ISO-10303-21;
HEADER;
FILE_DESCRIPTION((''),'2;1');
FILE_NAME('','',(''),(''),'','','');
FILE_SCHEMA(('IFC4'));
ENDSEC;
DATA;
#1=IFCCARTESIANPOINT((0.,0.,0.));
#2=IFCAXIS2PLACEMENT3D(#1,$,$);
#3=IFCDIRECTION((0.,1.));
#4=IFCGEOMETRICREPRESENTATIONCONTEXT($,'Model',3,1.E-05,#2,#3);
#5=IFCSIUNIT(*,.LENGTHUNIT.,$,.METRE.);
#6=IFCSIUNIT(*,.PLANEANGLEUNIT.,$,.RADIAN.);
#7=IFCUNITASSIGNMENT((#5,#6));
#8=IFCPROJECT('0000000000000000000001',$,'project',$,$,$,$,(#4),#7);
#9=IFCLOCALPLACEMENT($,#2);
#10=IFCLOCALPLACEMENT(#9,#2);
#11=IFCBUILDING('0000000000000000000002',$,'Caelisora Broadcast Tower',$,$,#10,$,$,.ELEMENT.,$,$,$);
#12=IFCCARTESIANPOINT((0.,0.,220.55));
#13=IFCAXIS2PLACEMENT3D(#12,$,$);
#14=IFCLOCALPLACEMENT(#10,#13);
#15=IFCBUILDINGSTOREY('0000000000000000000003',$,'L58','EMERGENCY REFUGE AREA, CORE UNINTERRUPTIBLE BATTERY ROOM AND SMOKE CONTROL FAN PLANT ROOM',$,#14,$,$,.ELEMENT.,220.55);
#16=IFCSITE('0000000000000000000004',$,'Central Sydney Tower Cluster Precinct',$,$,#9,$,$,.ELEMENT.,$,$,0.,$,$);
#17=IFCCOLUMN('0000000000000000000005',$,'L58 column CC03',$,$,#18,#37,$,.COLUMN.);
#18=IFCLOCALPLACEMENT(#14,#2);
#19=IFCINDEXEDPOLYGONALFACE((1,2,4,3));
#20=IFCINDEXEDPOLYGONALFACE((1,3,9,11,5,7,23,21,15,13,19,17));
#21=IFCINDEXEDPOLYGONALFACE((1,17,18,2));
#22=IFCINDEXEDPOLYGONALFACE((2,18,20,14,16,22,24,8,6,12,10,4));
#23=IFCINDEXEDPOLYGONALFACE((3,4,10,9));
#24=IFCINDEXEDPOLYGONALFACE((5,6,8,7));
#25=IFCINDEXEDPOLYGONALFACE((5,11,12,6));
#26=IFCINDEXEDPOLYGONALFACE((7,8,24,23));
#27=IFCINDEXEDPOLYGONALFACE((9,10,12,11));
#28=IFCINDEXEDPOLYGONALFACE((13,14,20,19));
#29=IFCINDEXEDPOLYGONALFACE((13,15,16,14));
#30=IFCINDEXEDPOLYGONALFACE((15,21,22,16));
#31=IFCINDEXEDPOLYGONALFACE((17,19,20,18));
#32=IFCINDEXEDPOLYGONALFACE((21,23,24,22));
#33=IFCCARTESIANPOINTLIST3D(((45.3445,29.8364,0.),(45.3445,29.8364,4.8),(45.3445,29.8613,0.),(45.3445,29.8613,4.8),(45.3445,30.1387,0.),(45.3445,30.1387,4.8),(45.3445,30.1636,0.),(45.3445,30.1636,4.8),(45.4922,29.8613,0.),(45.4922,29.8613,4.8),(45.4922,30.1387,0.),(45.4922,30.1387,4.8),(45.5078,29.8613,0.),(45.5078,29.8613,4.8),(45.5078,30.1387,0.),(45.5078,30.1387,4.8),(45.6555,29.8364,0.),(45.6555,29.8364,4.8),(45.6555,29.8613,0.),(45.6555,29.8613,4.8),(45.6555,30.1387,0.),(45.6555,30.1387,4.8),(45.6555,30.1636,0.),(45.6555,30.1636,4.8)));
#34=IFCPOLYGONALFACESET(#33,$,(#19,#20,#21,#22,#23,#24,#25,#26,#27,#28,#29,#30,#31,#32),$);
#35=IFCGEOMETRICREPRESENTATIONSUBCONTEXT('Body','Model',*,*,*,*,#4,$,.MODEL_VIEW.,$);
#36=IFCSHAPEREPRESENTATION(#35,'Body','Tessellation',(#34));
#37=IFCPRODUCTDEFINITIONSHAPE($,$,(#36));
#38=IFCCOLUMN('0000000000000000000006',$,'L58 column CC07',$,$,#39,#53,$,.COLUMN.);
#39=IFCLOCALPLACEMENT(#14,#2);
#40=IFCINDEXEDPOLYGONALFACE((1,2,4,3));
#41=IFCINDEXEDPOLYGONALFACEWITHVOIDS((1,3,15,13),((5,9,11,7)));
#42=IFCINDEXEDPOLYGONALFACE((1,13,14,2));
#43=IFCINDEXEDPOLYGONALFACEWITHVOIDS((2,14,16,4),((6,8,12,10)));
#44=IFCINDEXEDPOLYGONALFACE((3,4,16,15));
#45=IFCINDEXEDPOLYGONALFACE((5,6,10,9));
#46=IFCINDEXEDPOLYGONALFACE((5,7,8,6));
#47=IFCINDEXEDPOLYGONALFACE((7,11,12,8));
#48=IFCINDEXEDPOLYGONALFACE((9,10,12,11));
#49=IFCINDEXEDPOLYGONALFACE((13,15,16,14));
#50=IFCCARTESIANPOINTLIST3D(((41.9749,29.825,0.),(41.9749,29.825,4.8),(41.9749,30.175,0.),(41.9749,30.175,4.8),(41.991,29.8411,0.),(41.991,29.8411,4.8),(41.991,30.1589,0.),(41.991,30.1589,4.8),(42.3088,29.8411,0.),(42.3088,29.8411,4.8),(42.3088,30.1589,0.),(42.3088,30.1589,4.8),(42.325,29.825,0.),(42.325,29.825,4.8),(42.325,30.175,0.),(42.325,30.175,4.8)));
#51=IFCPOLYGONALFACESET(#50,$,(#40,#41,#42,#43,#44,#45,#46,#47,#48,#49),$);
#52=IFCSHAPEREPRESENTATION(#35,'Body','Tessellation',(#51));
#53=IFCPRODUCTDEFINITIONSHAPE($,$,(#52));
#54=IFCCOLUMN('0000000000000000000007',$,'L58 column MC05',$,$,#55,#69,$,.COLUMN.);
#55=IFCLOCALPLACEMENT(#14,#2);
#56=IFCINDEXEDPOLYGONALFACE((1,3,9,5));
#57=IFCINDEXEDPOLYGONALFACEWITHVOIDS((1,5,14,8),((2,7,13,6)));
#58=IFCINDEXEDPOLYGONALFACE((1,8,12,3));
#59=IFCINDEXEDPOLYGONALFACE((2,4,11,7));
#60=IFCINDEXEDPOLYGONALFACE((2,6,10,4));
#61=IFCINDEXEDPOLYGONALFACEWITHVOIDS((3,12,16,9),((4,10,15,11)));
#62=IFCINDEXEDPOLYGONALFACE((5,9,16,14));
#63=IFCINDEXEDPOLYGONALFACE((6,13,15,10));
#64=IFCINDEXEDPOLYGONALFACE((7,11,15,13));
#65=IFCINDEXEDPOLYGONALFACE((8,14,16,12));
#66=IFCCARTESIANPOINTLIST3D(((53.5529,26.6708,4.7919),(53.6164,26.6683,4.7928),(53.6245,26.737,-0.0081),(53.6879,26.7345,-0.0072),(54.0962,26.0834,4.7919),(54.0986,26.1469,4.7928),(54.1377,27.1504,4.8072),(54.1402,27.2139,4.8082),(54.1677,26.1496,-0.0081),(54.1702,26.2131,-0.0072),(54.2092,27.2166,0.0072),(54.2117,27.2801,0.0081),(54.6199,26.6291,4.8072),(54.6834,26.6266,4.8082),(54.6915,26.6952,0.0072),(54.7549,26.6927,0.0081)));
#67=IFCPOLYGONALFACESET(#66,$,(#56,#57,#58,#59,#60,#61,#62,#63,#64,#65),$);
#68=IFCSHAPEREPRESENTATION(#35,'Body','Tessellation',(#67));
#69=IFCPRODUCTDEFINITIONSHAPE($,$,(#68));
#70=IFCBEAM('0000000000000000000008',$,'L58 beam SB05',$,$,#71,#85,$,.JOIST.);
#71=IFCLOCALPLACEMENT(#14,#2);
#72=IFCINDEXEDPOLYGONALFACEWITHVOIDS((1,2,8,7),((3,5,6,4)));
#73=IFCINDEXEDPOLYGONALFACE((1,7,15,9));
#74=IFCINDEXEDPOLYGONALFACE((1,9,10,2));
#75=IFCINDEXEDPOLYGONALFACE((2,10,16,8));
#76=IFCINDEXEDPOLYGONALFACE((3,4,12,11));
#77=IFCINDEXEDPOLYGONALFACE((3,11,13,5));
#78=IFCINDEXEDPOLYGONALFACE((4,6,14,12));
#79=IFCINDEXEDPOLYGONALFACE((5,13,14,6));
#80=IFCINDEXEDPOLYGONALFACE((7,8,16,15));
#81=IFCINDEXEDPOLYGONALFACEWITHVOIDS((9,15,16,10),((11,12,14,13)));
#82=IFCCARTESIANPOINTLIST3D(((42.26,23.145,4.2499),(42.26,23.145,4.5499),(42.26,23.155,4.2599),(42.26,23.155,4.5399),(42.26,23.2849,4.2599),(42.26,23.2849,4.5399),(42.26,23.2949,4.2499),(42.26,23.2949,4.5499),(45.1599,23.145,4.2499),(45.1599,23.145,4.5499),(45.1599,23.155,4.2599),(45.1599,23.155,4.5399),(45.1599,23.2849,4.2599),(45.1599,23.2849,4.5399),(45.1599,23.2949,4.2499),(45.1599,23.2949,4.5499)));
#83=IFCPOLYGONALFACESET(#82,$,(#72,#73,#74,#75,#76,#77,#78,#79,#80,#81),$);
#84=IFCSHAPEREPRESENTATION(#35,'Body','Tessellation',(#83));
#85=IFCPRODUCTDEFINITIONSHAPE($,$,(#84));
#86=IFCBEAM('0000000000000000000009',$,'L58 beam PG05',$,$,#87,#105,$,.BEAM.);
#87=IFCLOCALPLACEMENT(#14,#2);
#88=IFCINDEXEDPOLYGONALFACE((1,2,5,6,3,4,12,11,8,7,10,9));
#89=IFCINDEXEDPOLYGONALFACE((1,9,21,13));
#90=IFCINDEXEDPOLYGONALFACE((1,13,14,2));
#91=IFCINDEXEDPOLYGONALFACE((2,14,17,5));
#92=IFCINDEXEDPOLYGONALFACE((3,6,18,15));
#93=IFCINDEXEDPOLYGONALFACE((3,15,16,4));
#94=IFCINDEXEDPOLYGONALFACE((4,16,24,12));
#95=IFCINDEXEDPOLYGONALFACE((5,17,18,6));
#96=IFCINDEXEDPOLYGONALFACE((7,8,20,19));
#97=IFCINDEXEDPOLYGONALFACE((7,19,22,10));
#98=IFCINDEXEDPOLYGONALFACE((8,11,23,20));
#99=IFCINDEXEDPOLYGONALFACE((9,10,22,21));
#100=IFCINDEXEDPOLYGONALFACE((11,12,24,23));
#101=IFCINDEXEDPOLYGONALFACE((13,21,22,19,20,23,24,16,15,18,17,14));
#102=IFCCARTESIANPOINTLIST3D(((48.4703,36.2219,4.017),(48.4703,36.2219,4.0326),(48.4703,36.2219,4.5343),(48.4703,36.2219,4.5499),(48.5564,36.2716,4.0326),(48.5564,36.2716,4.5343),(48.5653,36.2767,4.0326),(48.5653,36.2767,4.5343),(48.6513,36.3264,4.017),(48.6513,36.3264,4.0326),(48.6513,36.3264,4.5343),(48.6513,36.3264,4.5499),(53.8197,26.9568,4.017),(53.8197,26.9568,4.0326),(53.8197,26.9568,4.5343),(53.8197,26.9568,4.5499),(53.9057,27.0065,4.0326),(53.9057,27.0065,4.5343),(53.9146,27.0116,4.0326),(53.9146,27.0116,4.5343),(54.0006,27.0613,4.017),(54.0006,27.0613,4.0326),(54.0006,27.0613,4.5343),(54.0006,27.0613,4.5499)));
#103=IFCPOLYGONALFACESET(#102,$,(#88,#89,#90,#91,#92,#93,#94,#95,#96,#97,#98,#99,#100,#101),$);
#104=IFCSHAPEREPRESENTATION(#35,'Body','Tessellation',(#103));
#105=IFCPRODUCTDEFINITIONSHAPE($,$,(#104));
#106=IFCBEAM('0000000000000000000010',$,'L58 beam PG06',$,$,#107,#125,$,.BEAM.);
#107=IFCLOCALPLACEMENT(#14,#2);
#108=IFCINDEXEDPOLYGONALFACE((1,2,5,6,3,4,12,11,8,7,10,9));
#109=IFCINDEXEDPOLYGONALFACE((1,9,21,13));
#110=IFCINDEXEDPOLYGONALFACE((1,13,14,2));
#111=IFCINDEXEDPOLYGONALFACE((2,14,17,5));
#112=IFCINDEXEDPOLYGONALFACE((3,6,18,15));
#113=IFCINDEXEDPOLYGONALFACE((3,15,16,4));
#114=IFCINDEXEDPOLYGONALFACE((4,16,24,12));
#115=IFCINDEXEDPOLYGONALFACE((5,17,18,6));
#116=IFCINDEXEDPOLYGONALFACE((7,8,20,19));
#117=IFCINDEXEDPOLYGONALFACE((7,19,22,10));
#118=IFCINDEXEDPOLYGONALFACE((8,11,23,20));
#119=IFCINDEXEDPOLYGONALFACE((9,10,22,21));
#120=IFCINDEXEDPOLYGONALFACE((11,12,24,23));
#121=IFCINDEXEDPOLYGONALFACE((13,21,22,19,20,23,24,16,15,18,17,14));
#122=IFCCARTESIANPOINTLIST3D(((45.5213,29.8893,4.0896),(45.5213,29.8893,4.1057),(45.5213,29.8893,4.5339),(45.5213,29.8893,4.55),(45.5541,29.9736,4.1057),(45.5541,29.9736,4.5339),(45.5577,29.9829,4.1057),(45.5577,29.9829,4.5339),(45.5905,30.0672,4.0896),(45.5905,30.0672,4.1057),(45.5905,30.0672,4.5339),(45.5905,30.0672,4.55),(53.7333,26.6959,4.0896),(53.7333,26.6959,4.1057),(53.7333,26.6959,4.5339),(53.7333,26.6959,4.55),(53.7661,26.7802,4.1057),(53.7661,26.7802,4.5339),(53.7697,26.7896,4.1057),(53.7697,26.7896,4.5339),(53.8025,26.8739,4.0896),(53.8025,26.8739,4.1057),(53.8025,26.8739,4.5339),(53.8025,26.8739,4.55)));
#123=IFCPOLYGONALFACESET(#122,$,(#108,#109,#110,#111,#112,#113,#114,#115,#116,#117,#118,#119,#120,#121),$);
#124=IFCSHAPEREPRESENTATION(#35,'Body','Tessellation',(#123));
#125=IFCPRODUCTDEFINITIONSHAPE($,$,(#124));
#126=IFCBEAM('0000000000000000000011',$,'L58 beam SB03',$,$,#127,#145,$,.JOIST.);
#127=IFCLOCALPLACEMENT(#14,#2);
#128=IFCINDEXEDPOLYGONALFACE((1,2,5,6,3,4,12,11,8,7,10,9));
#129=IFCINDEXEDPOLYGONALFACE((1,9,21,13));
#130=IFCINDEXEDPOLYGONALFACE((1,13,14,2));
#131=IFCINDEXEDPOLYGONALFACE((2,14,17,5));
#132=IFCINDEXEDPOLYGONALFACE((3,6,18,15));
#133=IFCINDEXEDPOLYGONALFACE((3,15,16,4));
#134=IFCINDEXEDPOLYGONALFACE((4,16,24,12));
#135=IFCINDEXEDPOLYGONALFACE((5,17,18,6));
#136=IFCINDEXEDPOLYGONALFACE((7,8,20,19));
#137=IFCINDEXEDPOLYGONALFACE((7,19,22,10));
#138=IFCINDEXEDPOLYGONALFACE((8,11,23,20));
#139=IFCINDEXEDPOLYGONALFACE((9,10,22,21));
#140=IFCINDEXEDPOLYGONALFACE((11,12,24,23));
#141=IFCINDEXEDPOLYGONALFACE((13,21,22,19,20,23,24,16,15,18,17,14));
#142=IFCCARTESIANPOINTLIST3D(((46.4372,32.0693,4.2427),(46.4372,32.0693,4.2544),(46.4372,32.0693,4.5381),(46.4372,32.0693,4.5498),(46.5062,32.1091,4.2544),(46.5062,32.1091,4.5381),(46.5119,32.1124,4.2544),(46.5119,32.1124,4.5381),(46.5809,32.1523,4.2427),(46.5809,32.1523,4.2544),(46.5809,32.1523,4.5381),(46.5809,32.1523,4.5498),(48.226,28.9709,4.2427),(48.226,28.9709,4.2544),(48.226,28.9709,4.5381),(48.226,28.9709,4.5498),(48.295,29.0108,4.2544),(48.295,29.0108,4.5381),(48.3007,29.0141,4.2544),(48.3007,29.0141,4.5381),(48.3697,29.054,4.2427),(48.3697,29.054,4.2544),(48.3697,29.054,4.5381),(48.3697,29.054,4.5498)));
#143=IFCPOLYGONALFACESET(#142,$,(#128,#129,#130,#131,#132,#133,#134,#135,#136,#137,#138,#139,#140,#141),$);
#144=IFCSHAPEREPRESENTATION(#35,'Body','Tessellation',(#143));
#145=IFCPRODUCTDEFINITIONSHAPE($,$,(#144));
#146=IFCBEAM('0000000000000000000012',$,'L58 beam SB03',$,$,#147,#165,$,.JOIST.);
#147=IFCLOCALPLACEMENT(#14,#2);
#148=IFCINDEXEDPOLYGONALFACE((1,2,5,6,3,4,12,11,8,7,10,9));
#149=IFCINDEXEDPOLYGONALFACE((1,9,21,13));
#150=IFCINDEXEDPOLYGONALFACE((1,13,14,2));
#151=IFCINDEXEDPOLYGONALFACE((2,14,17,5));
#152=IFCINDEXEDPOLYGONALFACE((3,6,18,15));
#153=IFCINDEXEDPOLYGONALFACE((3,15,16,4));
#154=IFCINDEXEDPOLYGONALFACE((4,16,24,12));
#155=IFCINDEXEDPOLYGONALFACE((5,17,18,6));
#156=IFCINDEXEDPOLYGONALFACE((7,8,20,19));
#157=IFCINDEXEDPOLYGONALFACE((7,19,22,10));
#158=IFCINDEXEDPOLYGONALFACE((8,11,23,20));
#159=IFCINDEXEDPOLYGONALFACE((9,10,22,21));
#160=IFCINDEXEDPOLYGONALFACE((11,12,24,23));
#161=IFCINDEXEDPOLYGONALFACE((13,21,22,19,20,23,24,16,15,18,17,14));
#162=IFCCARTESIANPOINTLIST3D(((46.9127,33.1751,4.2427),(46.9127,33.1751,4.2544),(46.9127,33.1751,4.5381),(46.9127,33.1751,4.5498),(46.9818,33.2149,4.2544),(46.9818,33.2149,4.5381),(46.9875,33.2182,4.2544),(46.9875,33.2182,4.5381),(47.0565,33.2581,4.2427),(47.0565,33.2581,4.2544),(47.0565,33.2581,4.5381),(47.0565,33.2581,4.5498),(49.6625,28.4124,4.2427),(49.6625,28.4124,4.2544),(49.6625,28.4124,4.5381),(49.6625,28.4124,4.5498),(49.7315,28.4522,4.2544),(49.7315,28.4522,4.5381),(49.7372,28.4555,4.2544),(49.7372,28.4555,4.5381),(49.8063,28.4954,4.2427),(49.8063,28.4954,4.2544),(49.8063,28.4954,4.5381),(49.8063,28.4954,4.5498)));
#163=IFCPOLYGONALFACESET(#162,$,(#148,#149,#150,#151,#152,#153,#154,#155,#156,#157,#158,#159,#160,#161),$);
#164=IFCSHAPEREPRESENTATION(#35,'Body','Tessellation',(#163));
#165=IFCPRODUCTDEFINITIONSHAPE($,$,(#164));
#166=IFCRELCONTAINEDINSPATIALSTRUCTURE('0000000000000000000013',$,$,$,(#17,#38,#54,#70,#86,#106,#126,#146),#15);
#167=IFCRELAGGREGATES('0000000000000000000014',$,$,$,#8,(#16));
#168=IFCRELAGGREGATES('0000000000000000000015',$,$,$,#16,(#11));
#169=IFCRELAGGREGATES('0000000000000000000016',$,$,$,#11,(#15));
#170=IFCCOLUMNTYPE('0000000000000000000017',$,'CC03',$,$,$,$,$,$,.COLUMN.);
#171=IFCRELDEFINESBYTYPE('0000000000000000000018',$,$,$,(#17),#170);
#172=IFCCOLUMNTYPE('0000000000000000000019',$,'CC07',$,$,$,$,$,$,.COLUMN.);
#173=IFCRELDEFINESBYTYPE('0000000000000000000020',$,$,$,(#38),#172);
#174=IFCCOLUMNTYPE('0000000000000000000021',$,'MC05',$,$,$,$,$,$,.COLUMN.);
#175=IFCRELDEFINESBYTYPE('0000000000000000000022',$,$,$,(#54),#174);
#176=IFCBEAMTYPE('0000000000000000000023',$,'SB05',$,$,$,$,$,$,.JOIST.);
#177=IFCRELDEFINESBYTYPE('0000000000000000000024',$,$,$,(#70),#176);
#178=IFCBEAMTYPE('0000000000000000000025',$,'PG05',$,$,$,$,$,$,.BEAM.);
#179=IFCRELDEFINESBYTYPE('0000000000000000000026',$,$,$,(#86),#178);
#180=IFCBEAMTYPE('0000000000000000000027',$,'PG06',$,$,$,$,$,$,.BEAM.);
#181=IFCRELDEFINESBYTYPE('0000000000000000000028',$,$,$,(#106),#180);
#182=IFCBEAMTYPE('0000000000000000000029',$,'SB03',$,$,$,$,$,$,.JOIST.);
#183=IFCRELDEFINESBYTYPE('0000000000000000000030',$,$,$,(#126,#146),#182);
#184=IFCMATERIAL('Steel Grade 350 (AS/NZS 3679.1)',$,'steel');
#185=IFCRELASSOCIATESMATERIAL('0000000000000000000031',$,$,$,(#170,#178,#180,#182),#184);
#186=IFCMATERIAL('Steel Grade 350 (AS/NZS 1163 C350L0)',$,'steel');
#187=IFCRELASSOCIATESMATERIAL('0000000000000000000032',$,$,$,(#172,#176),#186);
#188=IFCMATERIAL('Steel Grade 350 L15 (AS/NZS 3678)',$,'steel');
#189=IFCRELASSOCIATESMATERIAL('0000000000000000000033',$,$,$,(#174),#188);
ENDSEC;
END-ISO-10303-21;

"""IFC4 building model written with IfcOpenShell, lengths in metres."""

from ifc_helpers import new_model, si_unit, direction, frame, origin, origin_2d, place, context, subcontext, project, spatial, hollow_rectangle, i_section, extrude, source, transform, mapped, material, material_profile, profile_set, type_object, type_shapes, element, save


model = new_model("IFC4")

# Units and contexts
model_context = context("Model", 3, precision=1e-05, world=origin(), true_north=direction((0.0, 1.0)))
body_context = subcontext(model_context, "Body", "Model", "MODEL_VIEW")
ifc_project = project(units=[si_unit("LENGTHUNIT", "METRE"), si_unit("PLANEANGLEUNIT", "RADIAN")], contexts=[model_context])

# Site, building, storey
site_placement = place(None, origin())
site = spatial("IfcSite", under=ifc_project, at=site_placement, Name="Central Sydney Tower Cluster Precinct", CompositionType="ELEMENT", RefElevation=0.0)
building_placement = place(site_placement, origin())
building = spatial("IfcBuilding", under=site, at=building_placement, Name="Caelisora Broadcast Tower", CompositionType="ELEMENT")
storey_placement = place(building_placement, frame((0.0, 0.0, 220.55)))
storey = spatial("IfcBuildingStorey", under=building, at=storey_placement, Name="L58", Description="EMERGENCY REFUGE AREA, CORE UNINTERRUPTIBLE BATTERY ROOM AND SMOKE CONTROL FAN PLANT ROOM", CompositionType="ELEMENT", Elevation=220.55)

# Columns
ifc_material_1 = material(Name="Steel Grade 350 (AS/NZS 3679.1)", Category="steel")
ifc_material_profile_1 = material_profile(ifc_material_1, i_section(OverallWidth=0.311, OverallDepth=0.3271, WebThickness=0.0156, FlangeThickness=0.0249, at=origin_2d()), Name="Steel Grade 350 (AS/NZS 3679.1)")
ifc_profile_set_1 = profile_set([ifc_material_profile_1], Name="Steel Grade 350 (AS/NZS 3679.1)")
column_type_1 = type_object("IfcColumnType", Name="CC03", PredefinedType="COLUMN", material=ifc_profile_set_1)
shared_shape_1 = source(origin(), body_context, "Body", "SweptSolid", [
    extrude(i_section(OverallWidth=0.311, OverallDepth=0.3271, WebThickness=0.0156, FlangeThickness=0.0249, at=origin_2d()), origin(), (0.0, 0.0, 1.0), 4.8),
])
type_shapes(column_type_1, [shared_shape_1])
column_1_placement = place(storey_placement, frame((45.5, 30.0, 0.0), z_axis=(0.0, 0.0, 1.0), x_axis=(1.0, 0.0, 0.0)))
element("IfcColumn", 1, at=column_1_placement, inside=storey, type_object=column_type_1, Name="L58 column CC03", PredefinedType="COLUMN", context=body_context, shape_type="MappedRepresentation", body=[
    mapped(shared_shape_1, transform((0.0, 0.0, 0.0), scale=1.0)),
])
ifc_material_2 = material(Name="Steel Grade 350 (AS/NZS 1163 C350L0)", Category="steel")
ifc_material_profile_2 = material_profile(ifc_material_2, hollow_rectangle(XDim=0.3501, YDim=0.3501, WallThickness=0.0161, at=origin_2d()), Name="Steel Grade 350 (AS/NZS 1163 C350L0)")
ifc_profile_set_2 = profile_set([ifc_material_profile_2], Name="Steel Grade 350 (AS/NZS 1163 C350L0)")
column_type_2 = type_object("IfcColumnType", Name="CC07", PredefinedType="COLUMN", material=ifc_profile_set_2)
shared_shape_2 = source(origin(), body_context, "Body", "SweptSolid", [
    extrude(hollow_rectangle(XDim=0.3501, YDim=0.3501, WallThickness=0.0161, at=origin_2d()), origin(), (0.0, 0.0, 1.0), 4.8),
])
type_shapes(column_type_2, [shared_shape_2])
column_2_placement = place(storey_placement, frame((42.1499, 30.0, 0.0), z_axis=(0.0, 0.0, 1.0), x_axis=(1.0, 0.0, 0.0)))
element("IfcColumn", 2, at=column_2_placement, inside=storey, type_object=column_type_2, Name="L58 column CC07", PredefinedType="COLUMN", context=body_context, shape_type="MappedRepresentation", body=[
    mapped(shared_shape_2, transform((0.0, 0.0, 0.0), scale=1.0)),
])
ifc_material_3 = material(Name="Steel Grade 350 L15 (AS/NZS 3678)", Category="steel")
ifc_material_profile_3 = material_profile(ifc_material_3, hollow_rectangle(XDim=0.8, YDim=0.8, WallThickness=0.0449, at=origin_2d()), Name="Steel Grade 350 L15 (AS/NZS 3678)")
ifc_profile_set_3 = profile_set([ifc_material_profile_3], Name="Steel Grade 350 L15 (AS/NZS 3678)")
column_type_3 = type_object("IfcColumnType", Name="MC05", PredefinedType="COLUMN", material=ifc_profile_set_3)
shared_shape_3 = source(origin(), body_context, "Body", "SweptSolid", [
    extrude(hollow_rectangle(XDim=0.8, YDim=0.8, WallThickness=0.0449, at=origin_2d()), origin(), (0.0, 0.0, 1.0), 4.801),
])
type_shapes(column_type_3, [shared_shape_3])
column_3_placement = place(storey_placement, frame((54.1897, 26.7148, 0.0), z_axis=(-0.0149, -0.013781, 0.999794), x_axis=(0.679008, -0.734131, 0.0)))
element("IfcColumn", 3, at=column_3_placement, inside=storey, type_object=column_type_3, Name="L58 column MC05", PredefinedType="COLUMN", context=body_context, shape_type="MappedRepresentation", body=[
    mapped(shared_shape_3, transform((0.0, 0.0, 0.0), scale=1.0)),
])

# Beams
ifc_material_profile_4 = material_profile(ifc_material_2, hollow_rectangle(XDim=0.1499, YDim=0.3, WallThickness=0.01, at=origin_2d()), Name="Steel Grade 350 (AS/NZS 1163 C350L0)")
ifc_profile_set_4 = profile_set([ifc_material_profile_4], Name="Steel Grade 350 (AS/NZS 1163 C350L0)")
beam_type_1 = type_object("IfcBeamType", Name="SB05", PredefinedType="JOIST", material=ifc_profile_set_4)
shared_shape_4 = source(origin(), body_context, "Body", "SweptSolid", [
    extrude(hollow_rectangle(XDim=0.1499, YDim=0.3, WallThickness=0.01, at=origin_2d()), origin(), (0.0, 0.0, 1.0), 2.8999),
])
type_shapes(beam_type_1, [shared_shape_4])
beam_1_placement = place(storey_placement, frame((42.26, 23.22, 4.3999), z_axis=(1.0, 0.0, 0.0), x_axis=(0.0, 1.0, 0.0)))
element("IfcBeam", 4, at=beam_1_placement, inside=storey, type_object=beam_type_1, Name="L58 beam SB05", PredefinedType="JOIST", context=body_context, shape_type="MappedRepresentation", body=[
    mapped(shared_shape_4, transform((0.0, 0.0, 0.0), scale=1.0)),
])
ifc_material_profile_5 = material_profile(ifc_material_1, i_section(OverallWidth=0.209, OverallDepth=0.533, WebThickness=0.0103, FlangeThickness=0.0156, at=origin_2d()), Name="Steel Grade 350 (AS/NZS 3679.1)")
ifc_profile_set_5 = profile_set([ifc_material_profile_5], Name="Steel Grade 350 (AS/NZS 3679.1)")
beam_type_2 = type_object("IfcBeamType", Name="PG05", PredefinedType="BEAM", material=ifc_profile_set_5)
shared_shape_5 = source(origin(), body_context, "Body", "SweptSolid", [
    extrude(i_section(OverallWidth=0.209, OverallDepth=0.533, WebThickness=0.0103, FlangeThickness=0.0156, at=origin_2d()), origin(), (0.0, 0.0, 1.0), 10.6985),
])
type_shapes(beam_type_2, [shared_shape_5])
beam_2_placement = place(storey_placement, frame((53.9102, 27.009, 4.2834), z_axis=(-0.50001, 0.86602, 0.0), x_axis=(-0.86602, -0.50001, 0.0)))
element("IfcBeam", 5, at=beam_2_placement, inside=storey, type_object=beam_type_2, Name="L58 beam PG05", PredefinedType="BEAM", context=body_context, shape_type="MappedRepresentation", body=[
    mapped(shared_shape_5, transform((0.0, 0.0, 0.0), scale=1.0)),
])
ifc_material_profile_6 = material_profile(ifc_material_1, i_section(OverallWidth=0.1909, OverallDepth=0.4604, WebThickness=0.01, FlangeThickness=0.0161, at=origin_2d()), Name="Steel Grade 350 (AS/NZS 3679.1)")
ifc_profile_set_6 = profile_set([ifc_material_profile_6], Name="Steel Grade 350 (AS/NZS 3679.1)")
beam_type_3 = type_object("IfcBeamType", Name="PG06", PredefinedType="BEAM", material=ifc_profile_set_6)
shared_shape_6 = source(origin(), body_context, "Body", "SweptSolid", [
    extrude(i_section(OverallWidth=0.1909, OverallDepth=0.4604, WebThickness=0.01, FlangeThickness=0.0161, at=origin_2d()), origin(), (0.0, 0.0, 1.0), 8.811),
])
type_shapes(beam_type_3, [shared_shape_6])
beam_3_placement = place(storey_placement, frame((45.5559, 29.9783, 4.3198), z_axis=(0.932011, -0.36243, 0.0), x_axis=(0.36243, 0.932011, 0.0)))
element("IfcBeam", 6, at=beam_3_placement, inside=storey, type_object=beam_type_3, Name="L58 beam PG06", PredefinedType="BEAM", context=body_context, shape_type="MappedRepresentation", body=[
    mapped(shared_shape_6, transform((0.0, 0.0, 0.0), scale=1.0)),
])
ifc_material_profile_7 = material_profile(ifc_material_1, i_section(OverallWidth=0.166, OverallDepth=0.3071, WebThickness=0.0066, FlangeThickness=0.0117, at=origin_2d()), Name="Steel Grade 350 (AS/NZS 3679.1)")
ifc_profile_set_7 = profile_set([ifc_material_profile_7], Name="Steel Grade 350 (AS/NZS 3679.1)")
beam_type_4 = type_object("IfcBeamType", Name="SB03", PredefinedType="JOIST", material=ifc_profile_set_7)
shared_shape_7 = source(origin(), body_context, "Body", "SweptSolid", [
    extrude(i_section(OverallWidth=0.166, OverallDepth=0.3071, WebThickness=0.0066, FlangeThickness=0.0117, at=origin_2d()), origin(), (0.0, 0.0, 1.0), 3.5776),
])
beam_4_placement = place(storey_placement, frame((48.2979, 29.0125, 4.3962), z_axis=(-0.499992, 0.86603, 0.0), x_axis=(-0.86603, -0.499992, 0.0)))
element("IfcBeam", 7, at=beam_4_placement, inside=storey, type_object=beam_type_4, Name="L58 beam SB03", PredefinedType="JOIST", context=body_context, shape_type="MappedRepresentation", body=[
    mapped(shared_shape_7, transform((0.0, 0.0, 0.0), scale=1.0)),
])
shared_shape_8 = source(origin(), body_context, "Body", "SweptSolid", [
    extrude(i_section(OverallWidth=0.166, OverallDepth=0.3071, WebThickness=0.0066, FlangeThickness=0.0117, at=origin_2d()), origin(), (0.0, 0.0, 1.0), 5.4995),
])
beam_5_placement = place(storey_placement, frame((49.7344, 28.4539, 4.3962), z_axis=(-0.500002, 0.866024, 0.0), x_axis=(-0.866024, -0.500002, 0.0)))
element("IfcBeam", 8, at=beam_5_placement, inside=storey, type_object=beam_type_4, Name="L58 beam SB03", PredefinedType="JOIST", context=body_context, shape_type="MappedRepresentation", body=[
    mapped(shared_shape_8, transform((0.0, 0.0, 0.0), scale=1.0)),
])

save(model, "model.ifc")
